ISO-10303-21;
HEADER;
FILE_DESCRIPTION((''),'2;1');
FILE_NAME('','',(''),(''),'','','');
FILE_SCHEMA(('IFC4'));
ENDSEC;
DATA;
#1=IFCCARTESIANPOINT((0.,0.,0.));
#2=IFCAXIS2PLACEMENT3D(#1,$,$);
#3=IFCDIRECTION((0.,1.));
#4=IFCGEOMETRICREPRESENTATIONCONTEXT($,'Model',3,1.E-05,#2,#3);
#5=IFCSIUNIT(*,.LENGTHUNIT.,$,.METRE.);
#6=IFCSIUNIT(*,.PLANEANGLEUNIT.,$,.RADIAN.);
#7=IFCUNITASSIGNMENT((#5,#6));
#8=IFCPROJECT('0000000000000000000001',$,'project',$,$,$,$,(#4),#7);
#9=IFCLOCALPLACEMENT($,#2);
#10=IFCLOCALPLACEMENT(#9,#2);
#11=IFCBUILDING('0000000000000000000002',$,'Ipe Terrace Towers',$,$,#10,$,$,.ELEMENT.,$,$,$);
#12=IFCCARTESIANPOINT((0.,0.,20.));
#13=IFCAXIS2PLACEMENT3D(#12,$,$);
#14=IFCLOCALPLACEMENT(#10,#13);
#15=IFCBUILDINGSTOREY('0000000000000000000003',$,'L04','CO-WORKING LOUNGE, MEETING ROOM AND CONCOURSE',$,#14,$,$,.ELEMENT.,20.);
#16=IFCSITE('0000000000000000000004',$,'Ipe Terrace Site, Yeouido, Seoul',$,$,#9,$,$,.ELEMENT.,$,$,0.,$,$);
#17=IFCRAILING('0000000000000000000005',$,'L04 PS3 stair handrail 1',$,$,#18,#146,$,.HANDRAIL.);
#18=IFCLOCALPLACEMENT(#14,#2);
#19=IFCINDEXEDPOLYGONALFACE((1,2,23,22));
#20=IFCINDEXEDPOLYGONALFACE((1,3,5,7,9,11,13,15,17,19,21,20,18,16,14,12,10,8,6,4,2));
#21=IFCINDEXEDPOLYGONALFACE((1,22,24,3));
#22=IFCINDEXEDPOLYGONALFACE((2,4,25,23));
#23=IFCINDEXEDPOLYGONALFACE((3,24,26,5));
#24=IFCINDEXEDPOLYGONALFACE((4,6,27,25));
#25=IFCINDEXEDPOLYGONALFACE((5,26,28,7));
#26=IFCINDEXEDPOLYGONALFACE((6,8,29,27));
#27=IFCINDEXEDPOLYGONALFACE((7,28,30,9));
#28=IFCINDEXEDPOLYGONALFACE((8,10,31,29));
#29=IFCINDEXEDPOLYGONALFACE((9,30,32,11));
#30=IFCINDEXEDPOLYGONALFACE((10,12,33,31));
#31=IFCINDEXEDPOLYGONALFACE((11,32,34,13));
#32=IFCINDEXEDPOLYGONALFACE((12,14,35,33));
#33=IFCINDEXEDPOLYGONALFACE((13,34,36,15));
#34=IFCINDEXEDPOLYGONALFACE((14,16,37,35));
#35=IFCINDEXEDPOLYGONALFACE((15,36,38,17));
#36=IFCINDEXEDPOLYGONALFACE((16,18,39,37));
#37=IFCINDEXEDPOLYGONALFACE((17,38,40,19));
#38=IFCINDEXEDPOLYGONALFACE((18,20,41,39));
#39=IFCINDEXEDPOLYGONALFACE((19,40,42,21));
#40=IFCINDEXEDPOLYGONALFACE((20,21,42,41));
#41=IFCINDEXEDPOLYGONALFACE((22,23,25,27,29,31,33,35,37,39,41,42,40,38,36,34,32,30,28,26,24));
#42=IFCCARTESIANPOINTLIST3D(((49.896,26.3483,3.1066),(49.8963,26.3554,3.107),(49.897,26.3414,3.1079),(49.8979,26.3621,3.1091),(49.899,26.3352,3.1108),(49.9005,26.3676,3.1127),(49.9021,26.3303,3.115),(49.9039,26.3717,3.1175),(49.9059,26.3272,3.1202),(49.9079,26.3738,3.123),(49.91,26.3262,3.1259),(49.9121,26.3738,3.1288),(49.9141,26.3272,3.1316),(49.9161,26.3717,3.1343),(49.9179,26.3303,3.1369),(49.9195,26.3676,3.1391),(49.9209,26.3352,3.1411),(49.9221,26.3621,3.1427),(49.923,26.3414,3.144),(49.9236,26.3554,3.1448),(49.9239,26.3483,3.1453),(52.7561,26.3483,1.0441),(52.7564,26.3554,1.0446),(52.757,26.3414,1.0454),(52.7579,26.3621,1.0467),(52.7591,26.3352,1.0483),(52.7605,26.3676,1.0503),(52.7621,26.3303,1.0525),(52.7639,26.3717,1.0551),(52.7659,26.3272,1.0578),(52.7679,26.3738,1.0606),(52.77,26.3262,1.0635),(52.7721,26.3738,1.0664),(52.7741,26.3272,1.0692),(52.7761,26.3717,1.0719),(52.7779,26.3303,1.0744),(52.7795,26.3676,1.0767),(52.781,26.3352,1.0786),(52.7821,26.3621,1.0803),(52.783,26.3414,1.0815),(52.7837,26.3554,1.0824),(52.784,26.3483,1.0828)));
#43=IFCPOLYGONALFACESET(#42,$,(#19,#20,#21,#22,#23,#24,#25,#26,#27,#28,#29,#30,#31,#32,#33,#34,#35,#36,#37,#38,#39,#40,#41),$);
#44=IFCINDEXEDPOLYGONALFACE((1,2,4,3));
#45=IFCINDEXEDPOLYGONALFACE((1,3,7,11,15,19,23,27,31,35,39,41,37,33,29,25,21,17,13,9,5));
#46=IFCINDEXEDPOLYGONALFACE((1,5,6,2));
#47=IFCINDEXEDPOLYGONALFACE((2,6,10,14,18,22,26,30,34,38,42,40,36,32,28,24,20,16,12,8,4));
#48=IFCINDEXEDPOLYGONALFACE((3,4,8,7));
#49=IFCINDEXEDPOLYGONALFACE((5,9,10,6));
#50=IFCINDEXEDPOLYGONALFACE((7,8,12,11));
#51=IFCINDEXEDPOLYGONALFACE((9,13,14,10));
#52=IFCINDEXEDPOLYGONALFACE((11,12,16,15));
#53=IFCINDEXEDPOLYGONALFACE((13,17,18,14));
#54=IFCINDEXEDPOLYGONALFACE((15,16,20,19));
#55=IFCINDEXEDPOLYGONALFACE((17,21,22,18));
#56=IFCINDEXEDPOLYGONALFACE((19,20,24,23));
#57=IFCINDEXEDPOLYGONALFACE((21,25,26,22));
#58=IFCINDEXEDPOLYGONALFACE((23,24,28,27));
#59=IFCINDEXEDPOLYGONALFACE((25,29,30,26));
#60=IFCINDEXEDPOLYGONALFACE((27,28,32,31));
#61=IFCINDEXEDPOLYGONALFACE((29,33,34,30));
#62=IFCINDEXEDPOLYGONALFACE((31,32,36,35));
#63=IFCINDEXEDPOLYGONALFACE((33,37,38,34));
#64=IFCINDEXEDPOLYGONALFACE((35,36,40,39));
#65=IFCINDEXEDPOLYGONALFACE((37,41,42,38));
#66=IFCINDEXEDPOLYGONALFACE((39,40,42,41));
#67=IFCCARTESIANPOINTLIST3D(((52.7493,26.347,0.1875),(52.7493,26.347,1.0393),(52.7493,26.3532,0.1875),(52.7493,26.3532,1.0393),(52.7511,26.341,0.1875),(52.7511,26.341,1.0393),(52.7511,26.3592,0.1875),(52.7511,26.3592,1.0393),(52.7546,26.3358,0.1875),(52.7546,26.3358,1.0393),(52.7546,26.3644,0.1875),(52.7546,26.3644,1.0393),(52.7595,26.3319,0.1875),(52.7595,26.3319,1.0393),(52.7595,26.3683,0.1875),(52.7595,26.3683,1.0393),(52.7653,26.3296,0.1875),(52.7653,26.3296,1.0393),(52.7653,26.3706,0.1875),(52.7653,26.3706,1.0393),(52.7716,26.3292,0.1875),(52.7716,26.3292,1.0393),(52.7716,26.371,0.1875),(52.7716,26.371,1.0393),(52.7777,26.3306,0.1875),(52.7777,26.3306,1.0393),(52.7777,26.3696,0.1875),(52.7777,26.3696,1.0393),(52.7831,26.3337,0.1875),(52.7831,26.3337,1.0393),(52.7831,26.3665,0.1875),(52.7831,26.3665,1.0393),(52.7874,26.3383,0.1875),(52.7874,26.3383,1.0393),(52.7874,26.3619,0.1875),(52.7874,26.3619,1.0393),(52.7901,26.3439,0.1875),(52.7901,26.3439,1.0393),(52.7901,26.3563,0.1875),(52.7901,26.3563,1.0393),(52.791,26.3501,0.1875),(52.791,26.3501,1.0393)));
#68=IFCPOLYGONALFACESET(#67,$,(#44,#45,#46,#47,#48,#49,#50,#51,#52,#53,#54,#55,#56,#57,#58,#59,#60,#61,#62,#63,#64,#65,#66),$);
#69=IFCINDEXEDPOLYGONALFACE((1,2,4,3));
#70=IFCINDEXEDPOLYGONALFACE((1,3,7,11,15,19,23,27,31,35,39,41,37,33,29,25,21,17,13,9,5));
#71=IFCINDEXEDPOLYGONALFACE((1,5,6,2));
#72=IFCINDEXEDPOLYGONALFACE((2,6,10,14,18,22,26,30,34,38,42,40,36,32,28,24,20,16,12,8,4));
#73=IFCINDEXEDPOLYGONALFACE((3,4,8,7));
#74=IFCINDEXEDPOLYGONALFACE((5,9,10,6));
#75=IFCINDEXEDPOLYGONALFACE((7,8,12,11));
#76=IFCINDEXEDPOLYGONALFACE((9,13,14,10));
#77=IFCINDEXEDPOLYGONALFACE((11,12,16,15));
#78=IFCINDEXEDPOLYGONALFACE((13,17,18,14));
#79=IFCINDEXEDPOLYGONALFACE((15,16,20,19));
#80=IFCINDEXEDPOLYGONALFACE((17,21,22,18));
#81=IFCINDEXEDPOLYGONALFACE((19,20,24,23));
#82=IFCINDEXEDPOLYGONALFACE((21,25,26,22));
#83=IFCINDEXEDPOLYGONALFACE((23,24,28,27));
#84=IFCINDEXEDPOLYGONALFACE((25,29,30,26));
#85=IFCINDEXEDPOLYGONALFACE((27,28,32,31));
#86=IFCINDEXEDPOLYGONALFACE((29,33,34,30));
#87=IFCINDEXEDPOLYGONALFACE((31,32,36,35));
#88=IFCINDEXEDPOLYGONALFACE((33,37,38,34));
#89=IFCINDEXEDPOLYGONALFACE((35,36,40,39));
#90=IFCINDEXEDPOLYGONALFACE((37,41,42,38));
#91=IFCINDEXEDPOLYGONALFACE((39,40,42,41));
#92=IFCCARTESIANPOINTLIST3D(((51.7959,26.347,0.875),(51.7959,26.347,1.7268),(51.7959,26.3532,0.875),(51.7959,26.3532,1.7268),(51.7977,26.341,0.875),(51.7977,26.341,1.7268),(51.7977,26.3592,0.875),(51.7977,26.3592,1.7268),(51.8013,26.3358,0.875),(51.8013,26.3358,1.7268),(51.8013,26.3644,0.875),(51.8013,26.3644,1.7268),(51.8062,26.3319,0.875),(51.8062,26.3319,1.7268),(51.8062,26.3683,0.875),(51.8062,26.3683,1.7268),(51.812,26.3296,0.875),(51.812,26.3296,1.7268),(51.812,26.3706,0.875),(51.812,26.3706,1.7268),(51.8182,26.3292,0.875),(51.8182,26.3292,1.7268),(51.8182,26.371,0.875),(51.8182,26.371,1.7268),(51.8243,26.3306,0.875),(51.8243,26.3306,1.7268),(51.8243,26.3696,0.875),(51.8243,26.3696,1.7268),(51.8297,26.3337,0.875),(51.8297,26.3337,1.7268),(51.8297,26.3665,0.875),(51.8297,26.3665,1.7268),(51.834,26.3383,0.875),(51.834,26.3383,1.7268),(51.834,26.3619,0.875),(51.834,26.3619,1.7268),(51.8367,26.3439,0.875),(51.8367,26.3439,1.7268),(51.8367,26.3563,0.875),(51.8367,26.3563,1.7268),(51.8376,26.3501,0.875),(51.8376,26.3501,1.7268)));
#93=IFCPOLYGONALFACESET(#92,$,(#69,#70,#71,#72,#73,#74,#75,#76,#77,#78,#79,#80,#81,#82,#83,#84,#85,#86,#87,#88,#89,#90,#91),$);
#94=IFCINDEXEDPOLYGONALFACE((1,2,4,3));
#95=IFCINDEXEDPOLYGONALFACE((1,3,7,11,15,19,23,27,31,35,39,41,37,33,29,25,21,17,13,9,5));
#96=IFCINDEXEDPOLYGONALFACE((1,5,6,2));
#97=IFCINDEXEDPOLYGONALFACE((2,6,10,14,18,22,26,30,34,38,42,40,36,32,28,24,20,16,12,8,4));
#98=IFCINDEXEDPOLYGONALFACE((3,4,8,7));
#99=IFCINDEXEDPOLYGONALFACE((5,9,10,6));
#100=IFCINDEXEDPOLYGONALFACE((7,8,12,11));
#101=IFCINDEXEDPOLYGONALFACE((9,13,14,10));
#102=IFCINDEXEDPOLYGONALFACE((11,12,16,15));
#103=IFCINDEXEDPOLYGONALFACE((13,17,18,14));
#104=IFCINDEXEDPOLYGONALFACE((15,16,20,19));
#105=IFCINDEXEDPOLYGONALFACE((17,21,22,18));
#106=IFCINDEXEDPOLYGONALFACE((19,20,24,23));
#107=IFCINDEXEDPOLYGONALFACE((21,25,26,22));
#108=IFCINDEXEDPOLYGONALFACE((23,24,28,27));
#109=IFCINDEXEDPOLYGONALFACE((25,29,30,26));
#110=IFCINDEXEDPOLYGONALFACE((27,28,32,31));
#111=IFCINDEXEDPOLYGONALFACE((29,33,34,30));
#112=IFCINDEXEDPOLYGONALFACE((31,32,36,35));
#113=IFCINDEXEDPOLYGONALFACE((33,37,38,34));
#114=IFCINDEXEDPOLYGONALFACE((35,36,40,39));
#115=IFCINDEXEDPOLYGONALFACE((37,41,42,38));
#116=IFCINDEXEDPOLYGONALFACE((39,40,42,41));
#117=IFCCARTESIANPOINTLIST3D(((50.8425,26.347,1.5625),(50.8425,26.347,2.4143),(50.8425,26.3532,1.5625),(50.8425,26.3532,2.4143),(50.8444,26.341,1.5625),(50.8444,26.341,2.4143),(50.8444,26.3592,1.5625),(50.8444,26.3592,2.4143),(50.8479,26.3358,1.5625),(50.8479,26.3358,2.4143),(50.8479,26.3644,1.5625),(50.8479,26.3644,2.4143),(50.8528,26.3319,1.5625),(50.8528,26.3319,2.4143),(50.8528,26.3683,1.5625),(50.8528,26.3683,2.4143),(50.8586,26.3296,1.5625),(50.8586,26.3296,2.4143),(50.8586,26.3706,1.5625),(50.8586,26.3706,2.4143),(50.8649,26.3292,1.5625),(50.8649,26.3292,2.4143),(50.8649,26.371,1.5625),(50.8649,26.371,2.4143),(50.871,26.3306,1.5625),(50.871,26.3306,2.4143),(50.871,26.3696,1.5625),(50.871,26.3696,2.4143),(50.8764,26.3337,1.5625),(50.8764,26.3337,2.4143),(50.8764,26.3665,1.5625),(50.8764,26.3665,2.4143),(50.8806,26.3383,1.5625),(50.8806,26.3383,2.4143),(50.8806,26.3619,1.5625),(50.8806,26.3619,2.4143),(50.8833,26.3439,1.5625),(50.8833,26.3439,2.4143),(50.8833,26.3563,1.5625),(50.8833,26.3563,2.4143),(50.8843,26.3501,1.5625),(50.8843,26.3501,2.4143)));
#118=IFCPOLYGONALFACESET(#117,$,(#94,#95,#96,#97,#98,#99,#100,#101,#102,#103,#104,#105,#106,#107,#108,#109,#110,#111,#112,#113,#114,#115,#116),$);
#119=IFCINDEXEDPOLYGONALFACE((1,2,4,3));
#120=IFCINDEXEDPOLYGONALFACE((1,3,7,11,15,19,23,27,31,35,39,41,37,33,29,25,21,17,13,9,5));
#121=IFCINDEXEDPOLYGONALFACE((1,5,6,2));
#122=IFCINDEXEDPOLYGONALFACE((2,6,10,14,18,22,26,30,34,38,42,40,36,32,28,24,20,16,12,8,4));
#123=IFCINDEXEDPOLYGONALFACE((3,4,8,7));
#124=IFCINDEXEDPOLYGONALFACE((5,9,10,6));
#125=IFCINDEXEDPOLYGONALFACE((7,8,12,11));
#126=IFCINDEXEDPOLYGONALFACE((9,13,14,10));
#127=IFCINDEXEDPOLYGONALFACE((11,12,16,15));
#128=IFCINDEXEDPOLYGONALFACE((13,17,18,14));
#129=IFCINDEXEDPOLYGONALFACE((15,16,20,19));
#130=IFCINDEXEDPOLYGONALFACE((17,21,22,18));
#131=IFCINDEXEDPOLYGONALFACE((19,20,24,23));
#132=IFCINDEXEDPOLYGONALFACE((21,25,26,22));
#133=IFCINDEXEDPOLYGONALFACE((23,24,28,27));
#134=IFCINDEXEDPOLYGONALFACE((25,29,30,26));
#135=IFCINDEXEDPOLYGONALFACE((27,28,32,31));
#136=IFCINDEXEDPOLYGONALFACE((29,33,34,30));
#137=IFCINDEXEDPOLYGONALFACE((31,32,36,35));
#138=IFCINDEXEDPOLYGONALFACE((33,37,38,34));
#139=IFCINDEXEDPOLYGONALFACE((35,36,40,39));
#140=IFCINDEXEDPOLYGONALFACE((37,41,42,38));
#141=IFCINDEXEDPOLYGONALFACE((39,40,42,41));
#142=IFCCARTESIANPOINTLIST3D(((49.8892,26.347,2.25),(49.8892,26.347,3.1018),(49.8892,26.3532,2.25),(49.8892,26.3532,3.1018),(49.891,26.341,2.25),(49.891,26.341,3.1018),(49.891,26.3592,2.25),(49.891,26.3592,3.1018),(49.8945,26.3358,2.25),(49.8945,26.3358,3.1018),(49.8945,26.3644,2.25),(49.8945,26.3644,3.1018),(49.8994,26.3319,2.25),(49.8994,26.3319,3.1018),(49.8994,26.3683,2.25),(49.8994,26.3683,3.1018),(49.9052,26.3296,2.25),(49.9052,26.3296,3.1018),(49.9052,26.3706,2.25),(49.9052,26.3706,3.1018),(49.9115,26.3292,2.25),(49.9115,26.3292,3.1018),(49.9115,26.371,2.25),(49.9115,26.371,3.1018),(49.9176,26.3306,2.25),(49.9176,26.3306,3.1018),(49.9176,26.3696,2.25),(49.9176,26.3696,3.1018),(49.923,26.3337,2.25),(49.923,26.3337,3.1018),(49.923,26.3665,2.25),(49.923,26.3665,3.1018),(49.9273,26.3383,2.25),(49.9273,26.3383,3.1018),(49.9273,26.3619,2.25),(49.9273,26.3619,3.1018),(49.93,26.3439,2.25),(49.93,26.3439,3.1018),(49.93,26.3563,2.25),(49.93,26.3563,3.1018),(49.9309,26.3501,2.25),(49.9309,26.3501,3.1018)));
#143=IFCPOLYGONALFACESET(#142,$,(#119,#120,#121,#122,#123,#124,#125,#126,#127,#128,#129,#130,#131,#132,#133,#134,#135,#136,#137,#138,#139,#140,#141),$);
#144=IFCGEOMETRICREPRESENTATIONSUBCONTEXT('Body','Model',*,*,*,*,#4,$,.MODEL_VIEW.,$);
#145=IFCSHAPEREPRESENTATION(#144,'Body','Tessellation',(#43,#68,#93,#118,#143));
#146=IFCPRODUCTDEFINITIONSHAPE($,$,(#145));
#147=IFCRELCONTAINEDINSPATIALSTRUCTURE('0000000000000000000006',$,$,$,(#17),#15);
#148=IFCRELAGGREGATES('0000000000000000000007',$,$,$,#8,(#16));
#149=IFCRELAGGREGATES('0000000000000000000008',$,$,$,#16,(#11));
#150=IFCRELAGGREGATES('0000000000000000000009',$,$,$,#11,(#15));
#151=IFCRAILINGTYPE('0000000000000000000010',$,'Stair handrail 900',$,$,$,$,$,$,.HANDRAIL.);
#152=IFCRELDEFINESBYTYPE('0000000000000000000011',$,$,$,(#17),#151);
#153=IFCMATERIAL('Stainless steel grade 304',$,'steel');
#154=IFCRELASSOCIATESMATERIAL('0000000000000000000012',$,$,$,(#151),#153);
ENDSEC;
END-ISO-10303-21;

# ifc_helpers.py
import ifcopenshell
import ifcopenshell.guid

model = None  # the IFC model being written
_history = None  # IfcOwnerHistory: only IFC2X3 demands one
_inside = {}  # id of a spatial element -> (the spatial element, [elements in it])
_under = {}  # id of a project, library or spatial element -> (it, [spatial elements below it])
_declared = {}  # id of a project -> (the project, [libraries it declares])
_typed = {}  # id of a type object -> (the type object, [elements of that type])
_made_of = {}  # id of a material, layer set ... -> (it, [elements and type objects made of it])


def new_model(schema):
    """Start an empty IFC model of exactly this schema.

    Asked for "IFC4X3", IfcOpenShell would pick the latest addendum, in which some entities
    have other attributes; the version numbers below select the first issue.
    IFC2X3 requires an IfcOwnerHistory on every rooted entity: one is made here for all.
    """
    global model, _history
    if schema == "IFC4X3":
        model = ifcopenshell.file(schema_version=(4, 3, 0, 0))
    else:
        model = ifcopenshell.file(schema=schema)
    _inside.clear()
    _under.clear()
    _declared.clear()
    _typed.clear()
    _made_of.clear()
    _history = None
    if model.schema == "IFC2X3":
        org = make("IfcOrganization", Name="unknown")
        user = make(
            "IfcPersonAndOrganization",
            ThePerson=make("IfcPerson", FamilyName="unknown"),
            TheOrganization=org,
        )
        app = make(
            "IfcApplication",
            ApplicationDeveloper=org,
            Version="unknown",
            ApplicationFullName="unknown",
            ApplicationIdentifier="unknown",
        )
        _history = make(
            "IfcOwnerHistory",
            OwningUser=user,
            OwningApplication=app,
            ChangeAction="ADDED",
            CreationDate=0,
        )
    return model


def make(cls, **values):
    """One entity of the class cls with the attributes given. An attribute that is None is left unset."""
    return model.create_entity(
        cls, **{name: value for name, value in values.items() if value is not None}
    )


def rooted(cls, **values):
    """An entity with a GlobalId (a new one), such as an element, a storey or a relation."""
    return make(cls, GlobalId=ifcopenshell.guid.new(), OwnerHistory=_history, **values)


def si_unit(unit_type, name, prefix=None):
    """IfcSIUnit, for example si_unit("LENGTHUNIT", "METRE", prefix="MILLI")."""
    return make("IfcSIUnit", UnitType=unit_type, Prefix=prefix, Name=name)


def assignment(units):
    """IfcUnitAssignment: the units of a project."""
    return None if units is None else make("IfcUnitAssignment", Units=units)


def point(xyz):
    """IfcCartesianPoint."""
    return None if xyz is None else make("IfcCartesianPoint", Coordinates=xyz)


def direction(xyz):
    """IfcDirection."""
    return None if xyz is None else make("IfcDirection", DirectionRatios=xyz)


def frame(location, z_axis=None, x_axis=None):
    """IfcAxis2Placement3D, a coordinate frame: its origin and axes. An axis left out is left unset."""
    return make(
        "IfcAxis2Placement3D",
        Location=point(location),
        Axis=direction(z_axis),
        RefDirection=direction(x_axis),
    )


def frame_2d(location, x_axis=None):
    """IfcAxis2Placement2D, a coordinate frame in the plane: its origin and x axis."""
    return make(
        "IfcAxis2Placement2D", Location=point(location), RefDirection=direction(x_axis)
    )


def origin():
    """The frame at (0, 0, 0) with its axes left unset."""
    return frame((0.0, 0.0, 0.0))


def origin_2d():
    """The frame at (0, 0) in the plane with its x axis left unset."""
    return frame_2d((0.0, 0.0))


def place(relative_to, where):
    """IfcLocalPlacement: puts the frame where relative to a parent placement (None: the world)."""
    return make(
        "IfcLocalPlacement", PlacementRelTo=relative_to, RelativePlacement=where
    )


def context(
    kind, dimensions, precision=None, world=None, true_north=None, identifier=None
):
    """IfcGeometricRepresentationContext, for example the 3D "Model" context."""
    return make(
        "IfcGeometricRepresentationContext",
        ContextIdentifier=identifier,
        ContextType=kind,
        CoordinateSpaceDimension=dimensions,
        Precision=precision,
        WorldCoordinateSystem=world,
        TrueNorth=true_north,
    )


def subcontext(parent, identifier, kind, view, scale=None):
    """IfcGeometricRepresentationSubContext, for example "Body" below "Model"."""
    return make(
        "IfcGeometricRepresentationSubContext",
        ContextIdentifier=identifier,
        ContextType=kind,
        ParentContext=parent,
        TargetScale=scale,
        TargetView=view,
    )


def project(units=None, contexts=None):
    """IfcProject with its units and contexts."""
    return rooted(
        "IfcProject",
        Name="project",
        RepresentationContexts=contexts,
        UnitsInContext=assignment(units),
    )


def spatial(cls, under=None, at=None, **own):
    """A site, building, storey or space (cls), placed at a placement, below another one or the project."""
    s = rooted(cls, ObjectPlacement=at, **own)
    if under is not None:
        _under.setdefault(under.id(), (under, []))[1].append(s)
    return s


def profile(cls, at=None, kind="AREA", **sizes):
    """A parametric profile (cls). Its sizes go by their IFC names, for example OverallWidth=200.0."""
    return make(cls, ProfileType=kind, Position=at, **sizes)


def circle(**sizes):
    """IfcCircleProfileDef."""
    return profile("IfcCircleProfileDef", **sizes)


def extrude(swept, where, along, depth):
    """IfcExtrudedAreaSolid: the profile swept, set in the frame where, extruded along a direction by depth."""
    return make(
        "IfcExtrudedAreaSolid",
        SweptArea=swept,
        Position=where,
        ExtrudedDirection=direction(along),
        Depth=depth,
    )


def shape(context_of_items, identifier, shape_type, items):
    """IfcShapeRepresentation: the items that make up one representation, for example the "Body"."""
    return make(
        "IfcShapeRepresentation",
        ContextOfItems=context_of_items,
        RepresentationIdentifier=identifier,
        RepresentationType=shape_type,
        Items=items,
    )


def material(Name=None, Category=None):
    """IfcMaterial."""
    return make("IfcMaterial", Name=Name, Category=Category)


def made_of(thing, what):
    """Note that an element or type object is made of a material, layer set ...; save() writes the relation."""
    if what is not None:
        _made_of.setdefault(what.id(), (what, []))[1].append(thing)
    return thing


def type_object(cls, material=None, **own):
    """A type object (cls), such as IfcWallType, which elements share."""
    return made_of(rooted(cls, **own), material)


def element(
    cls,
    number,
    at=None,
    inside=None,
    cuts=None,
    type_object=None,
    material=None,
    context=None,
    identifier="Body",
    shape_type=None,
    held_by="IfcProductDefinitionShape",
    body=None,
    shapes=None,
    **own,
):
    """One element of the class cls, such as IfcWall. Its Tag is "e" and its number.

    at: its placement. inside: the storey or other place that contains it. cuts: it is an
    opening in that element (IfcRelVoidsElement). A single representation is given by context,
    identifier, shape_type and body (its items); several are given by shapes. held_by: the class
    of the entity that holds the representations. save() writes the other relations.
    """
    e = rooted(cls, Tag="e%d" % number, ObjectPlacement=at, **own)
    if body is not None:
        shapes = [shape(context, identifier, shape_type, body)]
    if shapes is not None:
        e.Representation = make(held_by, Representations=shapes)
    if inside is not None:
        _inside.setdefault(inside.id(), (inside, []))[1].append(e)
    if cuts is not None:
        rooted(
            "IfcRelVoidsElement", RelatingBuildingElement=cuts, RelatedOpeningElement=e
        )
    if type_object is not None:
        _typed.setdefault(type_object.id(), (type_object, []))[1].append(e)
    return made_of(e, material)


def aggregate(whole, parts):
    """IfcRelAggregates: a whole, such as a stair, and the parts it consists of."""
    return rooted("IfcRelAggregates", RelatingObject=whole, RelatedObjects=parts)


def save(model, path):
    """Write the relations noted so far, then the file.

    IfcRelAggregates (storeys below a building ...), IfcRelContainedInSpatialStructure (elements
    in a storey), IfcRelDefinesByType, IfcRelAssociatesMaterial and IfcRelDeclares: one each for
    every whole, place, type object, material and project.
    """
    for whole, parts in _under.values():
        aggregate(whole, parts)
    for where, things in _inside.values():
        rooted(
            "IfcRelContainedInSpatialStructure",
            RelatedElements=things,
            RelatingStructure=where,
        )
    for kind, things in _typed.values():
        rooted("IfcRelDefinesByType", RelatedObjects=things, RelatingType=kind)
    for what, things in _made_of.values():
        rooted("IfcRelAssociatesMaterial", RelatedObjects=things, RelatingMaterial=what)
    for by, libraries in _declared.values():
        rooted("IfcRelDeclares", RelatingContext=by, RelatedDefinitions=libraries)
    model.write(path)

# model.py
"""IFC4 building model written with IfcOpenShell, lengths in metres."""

from ifc_helpers import new_model, si_unit, direction, frame, origin, origin_2d, place, context, subcontext, project, spatial, circle, extrude, material, type_object, element, save


model = new_model("IFC4")

# Units and contexts
model_context = context("Model", 3, precision=1e-05, world=origin(), true_north=direction((0.0, 1.0)))
body_context = subcontext(model_context, "Body", "Model", "MODEL_VIEW")
ifc_project = project(units=[si_unit("LENGTHUNIT", "METRE"), si_unit("PLANEANGLEUNIT", "RADIAN")], contexts=[model_context])

# Site, building, storey
site_placement = place(None, origin())
site = spatial("IfcSite", under=ifc_project, at=site_placement, Name="Ipe Terrace Site, Yeouido, Seoul", CompositionType="ELEMENT", RefElevation=0.0)
building_placement = place(site_placement, origin())
building = spatial("IfcBuilding", under=site, at=building_placement, Name="Ipe Terrace Towers", CompositionType="ELEMENT")
storey_placement = place(building_placement, frame((0.0, 0.0, 20.0)))
storey = spatial("IfcBuildingStorey", under=building, at=storey_placement, Name="L04", Description="CO-WORKING LOUNGE, MEETING ROOM AND CONCOURSE", CompositionType="ELEMENT", Elevation=20.0)

# Railing
ifc_material_1 = material(Name="Stainless steel grade 304", Category="steel")
railing_type_1 = type_object("IfcRailingType", Name="Stair handrail 900", PredefinedType="HANDRAIL", material=ifc_material_1)
railing_1_placement = place(storey_placement, frame((52.77, 26.3501, 0.1875)))
element("IfcRailing", 1, at=railing_1_placement, inside=storey, type_object=railing_type_1, Name="L04 PS3 stair handrail 1", PredefinedType="HANDRAIL", context=body_context, shape_type="SweptSolid", body=[
    extrude(circle(Radius=0.0239, at=origin_2d()), frame((0.0, 0.0, 0.876), z_axis=(-0.811101, 0.0, 0.584906), x_axis=(0.0, -1.0, 0.0)), (0.0, 0.0, 1.0), 3.5261),
    extrude(circle(Radius=0.021, at=origin_2d()), origin(), (0.0, 0.0, 1.0), 0.8518),
    extrude(circle(Radius=0.021, at=origin_2d()), frame((-0.9534, 0.0, 0.6875)), (0.0, 0.0, 1.0), 0.8518),
    extrude(circle(Radius=0.021, at=origin_2d()), frame((-1.9067, 0.0, 1.375)), (0.0, 0.0, 1.0), 0.8518),
    extrude(circle(Radius=0.021, at=origin_2d()), frame((-2.8601, 0.0, 2.0625)), (0.0, 0.0, 1.0), 0.8518),
])

save(model, "model.ifc")
